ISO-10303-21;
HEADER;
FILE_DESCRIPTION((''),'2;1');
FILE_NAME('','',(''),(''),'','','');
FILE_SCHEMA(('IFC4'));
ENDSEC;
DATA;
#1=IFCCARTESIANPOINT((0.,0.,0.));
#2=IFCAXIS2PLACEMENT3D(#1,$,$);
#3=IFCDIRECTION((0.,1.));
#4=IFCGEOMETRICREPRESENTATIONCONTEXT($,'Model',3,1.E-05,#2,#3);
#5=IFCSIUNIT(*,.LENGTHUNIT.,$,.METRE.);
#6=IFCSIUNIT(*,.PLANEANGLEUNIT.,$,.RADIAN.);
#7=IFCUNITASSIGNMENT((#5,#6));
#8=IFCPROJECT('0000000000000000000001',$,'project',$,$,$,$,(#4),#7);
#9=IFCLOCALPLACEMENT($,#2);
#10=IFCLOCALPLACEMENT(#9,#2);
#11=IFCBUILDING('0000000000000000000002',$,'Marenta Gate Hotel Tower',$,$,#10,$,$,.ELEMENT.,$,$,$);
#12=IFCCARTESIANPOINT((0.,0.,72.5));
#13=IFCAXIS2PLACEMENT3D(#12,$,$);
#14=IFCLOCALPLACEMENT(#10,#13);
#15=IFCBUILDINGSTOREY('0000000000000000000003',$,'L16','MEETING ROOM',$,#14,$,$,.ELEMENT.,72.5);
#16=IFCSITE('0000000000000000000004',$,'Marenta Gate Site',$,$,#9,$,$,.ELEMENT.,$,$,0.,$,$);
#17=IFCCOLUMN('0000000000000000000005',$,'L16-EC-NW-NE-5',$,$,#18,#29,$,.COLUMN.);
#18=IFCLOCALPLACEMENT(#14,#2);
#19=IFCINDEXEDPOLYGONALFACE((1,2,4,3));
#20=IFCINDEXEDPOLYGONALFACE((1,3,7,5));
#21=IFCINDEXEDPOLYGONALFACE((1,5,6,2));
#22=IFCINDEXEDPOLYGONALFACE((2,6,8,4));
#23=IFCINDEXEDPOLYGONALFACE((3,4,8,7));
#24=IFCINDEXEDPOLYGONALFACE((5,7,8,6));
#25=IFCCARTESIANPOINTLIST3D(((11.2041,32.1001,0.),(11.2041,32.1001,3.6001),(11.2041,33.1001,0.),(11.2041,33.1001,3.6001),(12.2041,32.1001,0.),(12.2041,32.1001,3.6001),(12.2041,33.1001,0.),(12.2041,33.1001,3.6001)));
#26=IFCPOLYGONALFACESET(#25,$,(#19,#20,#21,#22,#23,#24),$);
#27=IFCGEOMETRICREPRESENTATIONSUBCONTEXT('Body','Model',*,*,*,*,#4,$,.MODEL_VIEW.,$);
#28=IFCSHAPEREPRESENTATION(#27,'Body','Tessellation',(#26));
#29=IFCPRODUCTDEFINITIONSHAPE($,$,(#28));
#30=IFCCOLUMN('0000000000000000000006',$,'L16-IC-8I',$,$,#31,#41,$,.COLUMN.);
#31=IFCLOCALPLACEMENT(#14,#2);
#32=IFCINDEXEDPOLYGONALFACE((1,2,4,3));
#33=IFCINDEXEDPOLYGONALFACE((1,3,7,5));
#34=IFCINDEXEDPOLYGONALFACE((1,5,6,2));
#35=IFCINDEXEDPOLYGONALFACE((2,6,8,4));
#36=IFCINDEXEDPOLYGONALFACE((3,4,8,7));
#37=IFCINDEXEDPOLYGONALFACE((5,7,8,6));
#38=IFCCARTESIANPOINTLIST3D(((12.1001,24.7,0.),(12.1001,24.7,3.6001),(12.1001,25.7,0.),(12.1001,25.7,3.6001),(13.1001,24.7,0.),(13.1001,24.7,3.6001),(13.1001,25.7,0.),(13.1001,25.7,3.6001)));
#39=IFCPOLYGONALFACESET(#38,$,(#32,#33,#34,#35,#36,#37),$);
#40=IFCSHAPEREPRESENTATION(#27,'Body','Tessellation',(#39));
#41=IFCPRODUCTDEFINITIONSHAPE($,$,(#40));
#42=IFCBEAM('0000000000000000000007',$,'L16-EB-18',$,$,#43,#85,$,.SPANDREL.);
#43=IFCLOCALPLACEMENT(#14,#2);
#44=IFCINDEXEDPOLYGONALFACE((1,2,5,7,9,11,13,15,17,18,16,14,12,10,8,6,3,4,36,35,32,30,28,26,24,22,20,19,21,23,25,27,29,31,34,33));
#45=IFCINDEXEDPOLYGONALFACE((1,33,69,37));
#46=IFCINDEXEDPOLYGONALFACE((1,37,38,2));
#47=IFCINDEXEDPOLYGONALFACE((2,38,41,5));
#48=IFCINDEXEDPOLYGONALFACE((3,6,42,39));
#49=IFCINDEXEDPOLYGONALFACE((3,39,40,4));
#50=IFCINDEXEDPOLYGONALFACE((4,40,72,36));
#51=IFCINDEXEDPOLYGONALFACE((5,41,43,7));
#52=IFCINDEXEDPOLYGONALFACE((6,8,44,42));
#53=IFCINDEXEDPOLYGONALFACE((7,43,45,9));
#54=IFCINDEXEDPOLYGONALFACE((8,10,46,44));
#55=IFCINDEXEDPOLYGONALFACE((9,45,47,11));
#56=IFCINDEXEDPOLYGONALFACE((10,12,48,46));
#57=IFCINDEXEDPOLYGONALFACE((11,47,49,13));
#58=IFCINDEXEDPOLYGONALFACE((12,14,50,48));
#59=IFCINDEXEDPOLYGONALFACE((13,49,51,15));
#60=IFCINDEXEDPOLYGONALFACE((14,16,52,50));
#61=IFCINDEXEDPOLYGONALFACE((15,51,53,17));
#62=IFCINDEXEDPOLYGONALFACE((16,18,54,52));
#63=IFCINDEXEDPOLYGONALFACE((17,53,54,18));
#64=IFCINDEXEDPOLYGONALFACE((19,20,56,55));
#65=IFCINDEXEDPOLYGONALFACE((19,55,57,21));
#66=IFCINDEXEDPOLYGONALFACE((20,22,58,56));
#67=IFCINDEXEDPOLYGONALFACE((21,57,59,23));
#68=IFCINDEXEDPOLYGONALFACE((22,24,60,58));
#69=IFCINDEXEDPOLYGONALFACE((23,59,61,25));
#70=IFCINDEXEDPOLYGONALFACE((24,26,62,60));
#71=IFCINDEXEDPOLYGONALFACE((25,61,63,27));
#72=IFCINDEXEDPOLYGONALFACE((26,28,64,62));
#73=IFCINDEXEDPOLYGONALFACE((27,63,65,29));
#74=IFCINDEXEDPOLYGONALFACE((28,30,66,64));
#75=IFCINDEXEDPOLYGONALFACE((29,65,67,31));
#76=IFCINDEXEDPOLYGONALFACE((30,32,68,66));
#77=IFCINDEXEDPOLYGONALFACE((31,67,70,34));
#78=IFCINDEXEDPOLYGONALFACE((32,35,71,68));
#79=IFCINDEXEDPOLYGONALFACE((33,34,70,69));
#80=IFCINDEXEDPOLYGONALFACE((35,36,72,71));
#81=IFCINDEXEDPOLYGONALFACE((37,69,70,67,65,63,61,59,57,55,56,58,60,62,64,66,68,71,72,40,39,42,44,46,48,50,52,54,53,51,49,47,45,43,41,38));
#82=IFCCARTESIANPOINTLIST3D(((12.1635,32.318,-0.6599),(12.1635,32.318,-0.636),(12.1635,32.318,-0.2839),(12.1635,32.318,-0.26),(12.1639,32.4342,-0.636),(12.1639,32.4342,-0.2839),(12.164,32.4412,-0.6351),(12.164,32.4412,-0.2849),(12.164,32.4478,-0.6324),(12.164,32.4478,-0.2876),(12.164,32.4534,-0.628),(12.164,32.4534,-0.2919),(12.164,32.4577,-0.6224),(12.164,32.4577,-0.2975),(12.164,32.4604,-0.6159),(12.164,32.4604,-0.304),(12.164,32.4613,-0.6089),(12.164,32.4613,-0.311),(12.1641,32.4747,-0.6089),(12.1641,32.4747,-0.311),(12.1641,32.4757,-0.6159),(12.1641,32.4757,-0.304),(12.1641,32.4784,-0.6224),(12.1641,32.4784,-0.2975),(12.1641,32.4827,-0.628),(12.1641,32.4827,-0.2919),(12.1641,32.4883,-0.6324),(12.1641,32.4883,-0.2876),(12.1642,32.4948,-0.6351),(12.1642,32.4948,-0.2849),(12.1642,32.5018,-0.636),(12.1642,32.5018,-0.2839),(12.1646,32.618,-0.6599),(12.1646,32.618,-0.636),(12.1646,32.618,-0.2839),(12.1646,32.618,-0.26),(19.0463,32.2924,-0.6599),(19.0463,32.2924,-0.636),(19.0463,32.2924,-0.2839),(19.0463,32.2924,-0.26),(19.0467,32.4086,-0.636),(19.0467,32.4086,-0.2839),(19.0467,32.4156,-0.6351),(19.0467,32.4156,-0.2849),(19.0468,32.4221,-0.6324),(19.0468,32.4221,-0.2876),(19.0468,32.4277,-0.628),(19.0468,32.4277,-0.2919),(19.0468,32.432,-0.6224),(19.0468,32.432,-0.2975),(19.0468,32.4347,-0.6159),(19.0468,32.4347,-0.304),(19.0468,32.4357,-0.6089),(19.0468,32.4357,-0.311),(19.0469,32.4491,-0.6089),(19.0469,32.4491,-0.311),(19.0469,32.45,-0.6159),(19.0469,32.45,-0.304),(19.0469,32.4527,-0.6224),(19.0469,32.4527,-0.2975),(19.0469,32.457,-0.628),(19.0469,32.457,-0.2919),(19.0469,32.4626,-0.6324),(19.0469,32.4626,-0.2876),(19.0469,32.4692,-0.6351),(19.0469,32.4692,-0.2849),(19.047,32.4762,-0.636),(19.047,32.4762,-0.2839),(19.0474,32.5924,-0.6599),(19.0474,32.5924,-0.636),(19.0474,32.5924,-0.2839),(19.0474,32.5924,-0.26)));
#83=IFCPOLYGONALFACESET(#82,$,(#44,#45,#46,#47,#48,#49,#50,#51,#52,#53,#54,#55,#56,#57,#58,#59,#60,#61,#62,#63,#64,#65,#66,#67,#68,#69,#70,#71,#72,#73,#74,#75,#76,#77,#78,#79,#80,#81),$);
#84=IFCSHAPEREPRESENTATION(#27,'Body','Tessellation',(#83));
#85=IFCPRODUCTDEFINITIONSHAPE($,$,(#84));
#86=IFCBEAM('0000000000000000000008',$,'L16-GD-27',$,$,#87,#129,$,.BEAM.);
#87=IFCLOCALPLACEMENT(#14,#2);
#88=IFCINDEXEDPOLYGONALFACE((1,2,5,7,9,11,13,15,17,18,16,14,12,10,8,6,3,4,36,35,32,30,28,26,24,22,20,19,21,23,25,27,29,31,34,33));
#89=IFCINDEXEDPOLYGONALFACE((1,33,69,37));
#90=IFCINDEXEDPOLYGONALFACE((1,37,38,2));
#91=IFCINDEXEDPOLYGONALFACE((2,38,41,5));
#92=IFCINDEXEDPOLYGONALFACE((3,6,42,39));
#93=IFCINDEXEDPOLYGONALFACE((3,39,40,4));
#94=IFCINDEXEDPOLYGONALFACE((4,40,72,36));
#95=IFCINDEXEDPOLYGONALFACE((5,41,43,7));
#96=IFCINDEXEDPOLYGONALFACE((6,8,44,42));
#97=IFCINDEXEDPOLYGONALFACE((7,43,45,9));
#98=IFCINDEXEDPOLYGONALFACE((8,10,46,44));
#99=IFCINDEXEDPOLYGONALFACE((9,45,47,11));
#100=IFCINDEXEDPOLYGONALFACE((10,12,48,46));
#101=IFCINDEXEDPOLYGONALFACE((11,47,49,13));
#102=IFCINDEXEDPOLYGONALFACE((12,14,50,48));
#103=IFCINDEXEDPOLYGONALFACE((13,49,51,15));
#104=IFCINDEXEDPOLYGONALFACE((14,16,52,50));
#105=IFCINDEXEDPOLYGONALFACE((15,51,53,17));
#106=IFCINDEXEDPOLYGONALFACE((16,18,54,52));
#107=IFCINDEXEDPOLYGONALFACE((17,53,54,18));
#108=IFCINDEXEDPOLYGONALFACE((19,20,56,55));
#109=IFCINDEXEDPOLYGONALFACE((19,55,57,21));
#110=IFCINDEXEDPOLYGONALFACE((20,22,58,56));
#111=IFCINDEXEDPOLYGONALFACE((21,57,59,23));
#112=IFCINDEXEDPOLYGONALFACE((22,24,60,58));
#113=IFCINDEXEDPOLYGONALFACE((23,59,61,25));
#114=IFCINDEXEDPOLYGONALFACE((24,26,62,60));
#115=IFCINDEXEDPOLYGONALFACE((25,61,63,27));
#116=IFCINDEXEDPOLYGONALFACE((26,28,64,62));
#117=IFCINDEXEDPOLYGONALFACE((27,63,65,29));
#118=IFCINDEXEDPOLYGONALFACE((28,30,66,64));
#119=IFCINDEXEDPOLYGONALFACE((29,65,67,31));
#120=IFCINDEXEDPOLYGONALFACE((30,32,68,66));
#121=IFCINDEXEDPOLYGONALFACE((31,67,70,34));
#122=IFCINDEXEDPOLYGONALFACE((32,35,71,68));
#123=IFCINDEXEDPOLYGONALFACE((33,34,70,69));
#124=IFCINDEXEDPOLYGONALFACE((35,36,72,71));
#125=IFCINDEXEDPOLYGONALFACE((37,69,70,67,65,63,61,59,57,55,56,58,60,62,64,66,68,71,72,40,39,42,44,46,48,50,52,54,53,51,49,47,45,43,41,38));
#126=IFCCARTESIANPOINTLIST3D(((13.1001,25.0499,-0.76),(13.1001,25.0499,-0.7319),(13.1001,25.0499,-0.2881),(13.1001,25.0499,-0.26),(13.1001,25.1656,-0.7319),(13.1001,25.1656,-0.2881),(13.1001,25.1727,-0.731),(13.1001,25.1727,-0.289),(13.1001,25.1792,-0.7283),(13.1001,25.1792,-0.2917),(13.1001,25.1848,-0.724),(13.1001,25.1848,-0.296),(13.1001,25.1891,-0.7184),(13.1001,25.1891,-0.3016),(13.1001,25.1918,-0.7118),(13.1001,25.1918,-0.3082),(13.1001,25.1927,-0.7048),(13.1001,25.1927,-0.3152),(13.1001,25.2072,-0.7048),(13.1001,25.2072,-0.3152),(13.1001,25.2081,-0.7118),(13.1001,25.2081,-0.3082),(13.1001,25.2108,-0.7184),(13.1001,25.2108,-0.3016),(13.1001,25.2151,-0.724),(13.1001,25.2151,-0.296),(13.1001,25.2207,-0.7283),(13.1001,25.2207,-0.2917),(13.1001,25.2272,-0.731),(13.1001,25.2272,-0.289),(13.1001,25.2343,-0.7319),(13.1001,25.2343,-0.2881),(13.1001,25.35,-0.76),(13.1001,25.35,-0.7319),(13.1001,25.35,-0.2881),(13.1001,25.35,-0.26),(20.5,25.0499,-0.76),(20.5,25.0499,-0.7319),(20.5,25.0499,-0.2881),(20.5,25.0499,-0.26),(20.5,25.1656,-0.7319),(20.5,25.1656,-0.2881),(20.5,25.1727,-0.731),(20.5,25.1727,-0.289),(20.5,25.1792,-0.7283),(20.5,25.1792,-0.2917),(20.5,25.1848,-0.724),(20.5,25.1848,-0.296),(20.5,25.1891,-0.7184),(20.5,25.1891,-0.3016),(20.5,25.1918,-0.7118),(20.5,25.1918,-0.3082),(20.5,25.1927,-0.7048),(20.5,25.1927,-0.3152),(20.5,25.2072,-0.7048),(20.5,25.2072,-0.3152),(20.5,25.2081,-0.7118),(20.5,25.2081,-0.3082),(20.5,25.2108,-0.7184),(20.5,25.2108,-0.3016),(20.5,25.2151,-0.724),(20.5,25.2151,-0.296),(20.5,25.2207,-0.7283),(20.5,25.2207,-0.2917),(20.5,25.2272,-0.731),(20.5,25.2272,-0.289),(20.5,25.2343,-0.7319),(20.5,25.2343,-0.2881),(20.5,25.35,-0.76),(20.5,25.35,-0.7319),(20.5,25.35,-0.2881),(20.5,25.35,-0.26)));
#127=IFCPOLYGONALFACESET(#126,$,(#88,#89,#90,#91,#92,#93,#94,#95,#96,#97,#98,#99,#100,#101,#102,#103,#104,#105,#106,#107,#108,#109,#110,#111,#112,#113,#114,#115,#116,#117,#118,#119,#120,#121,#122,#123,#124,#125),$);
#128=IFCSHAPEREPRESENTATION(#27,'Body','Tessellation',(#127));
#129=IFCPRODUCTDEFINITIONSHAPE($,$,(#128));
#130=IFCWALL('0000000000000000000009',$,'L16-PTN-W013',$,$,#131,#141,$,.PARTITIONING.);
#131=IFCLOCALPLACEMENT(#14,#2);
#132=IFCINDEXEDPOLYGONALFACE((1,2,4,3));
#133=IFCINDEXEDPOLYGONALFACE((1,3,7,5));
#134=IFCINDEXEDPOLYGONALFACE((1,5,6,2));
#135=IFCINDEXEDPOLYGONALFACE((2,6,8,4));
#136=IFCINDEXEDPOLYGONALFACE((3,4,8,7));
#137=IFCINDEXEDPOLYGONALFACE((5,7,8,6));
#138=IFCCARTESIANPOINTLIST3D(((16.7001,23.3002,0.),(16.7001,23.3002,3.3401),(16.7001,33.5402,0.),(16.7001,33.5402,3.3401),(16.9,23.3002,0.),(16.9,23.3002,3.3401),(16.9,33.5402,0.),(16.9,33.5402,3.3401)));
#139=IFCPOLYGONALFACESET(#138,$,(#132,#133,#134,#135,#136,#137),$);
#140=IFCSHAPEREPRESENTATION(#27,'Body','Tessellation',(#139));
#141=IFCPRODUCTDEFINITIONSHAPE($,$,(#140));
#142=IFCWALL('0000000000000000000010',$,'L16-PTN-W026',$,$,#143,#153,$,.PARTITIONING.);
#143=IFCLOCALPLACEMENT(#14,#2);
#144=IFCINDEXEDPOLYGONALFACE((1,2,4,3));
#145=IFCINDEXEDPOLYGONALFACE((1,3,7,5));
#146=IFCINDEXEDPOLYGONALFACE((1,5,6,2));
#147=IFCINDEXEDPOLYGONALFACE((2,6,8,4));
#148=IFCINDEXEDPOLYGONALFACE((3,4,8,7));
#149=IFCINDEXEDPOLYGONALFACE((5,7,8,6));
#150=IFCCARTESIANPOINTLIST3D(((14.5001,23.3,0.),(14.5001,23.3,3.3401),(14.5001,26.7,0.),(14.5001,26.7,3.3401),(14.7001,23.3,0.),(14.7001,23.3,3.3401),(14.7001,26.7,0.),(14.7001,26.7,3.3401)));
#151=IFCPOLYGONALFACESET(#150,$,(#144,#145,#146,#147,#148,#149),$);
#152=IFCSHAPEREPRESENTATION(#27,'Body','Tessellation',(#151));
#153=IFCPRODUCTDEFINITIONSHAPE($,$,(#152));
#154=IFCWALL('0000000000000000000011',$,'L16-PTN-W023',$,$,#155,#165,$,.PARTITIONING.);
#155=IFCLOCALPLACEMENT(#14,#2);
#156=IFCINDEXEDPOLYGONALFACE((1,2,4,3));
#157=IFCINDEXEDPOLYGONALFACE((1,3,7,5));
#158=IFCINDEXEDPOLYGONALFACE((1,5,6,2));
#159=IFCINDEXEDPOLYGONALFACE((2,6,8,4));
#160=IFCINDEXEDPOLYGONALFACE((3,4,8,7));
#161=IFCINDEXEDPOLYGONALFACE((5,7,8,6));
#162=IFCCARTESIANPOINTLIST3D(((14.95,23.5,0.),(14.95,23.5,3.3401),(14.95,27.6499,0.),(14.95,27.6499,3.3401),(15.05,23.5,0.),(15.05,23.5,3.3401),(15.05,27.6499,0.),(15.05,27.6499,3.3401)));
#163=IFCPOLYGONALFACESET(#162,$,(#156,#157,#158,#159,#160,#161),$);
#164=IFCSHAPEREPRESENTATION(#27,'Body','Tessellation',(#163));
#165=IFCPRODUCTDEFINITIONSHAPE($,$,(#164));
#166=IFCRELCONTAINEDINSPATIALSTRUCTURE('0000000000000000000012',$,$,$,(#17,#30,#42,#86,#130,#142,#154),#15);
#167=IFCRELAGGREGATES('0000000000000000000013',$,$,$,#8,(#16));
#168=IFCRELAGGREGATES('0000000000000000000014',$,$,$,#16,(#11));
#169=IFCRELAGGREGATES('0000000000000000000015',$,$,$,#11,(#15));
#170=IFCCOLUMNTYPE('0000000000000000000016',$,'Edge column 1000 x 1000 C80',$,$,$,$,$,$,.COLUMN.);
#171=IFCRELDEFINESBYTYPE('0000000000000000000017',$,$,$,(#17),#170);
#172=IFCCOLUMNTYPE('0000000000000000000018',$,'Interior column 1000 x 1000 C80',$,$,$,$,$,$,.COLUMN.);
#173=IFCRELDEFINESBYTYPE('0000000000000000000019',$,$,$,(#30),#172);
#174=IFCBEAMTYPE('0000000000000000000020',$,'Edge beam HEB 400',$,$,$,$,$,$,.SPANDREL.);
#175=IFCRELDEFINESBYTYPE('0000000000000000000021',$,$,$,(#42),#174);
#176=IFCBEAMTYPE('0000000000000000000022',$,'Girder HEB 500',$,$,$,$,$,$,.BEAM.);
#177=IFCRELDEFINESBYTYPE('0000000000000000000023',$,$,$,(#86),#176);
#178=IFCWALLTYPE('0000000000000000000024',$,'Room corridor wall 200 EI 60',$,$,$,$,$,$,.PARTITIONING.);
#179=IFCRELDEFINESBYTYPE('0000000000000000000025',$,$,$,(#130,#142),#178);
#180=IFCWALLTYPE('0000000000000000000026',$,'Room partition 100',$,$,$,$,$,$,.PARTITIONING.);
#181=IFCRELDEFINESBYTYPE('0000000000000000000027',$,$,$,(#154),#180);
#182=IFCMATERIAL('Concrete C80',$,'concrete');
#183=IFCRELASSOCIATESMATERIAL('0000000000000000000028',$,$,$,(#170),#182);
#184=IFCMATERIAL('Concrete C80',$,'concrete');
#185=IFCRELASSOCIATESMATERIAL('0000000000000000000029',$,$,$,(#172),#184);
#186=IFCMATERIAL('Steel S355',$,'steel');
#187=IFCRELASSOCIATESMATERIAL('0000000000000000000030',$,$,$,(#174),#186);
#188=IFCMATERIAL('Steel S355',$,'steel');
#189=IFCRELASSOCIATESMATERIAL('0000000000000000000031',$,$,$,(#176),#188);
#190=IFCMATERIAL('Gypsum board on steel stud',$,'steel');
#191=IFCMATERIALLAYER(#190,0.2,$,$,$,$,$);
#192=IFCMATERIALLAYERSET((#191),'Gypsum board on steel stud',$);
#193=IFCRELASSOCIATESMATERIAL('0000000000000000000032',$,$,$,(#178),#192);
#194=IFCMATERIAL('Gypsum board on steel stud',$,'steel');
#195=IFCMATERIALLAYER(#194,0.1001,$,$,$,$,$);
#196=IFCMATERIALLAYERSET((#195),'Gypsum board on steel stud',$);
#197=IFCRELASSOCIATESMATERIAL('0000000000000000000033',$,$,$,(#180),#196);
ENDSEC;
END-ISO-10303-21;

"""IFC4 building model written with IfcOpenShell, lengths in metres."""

from ifc_helpers import new_model, si_unit, direction, frame, frame_2d, origin, origin_2d, place, context, subcontext, project, spatial, rectangle, i_section, extrude, material, layer, layer_set, material_profile, profile_set, type_object, element, save


model = new_model("IFC4")

# Units and contexts
model_context = context("Model", 3, precision=1e-05, world=origin(), true_north=direction((0.0, 1.0)))
body_context = subcontext(model_context, "Body", "Model", "MODEL_VIEW")
ifc_project = project(units=[si_unit("LENGTHUNIT", "METRE"), si_unit("PLANEANGLEUNIT", "RADIAN")], contexts=[model_context])

# Site, building, storey
site_placement = place(None, origin())
site = spatial("IfcSite", under=ifc_project, at=site_placement, Name="Marenta Gate Site", CompositionType="ELEMENT", RefElevation=0.0)
building_placement = place(site_placement, origin())
building = spatial("IfcBuilding", under=site, at=building_placement, Name="Marenta Gate Hotel Tower", CompositionType="ELEMENT")
storey_placement = place(building_placement, frame((0.0, 0.0, 72.5)))
storey = spatial("IfcBuildingStorey", under=building, at=storey_placement, Name="L16", Description="MEETING ROOM", CompositionType="ELEMENT", Elevation=72.5)

# Columns
ifc_material_1 = material(Name="Concrete C80", Category="concrete")
ifc_material_profile_1 = material_profile(ifc_material_1, rectangle(XDim=1.0, YDim=1.0, at=origin_2d()), Name="1000 x 1000")
ifc_profile_set_1 = profile_set([ifc_material_profile_1], Name="Concrete C80")
column_type_1 = type_object("IfcColumnType", Name="Edge column 1000 x 1000 C80", PredefinedType="COLUMN", material=ifc_profile_set_1)
column_1_placement = place(storey_placement, frame((11.7041, 32.6001, 0.0), z_axis=(0.0, 0.0, 1.0), x_axis=(1.0, 0.0, 0.0)))
element("IfcColumn", 1, at=column_1_placement, inside=storey, type_object=column_type_1, Name="L16-EC-NW-NE-5", PredefinedType="COLUMN", context=body_context, shape_type="SweptSolid", body=[
    extrude(rectangle(XDim=1.0, YDim=1.0, at=origin_2d()), origin(), (0.0, 0.0, 1.0), 3.6001),
])
ifc_material_2 = material(Name="Concrete C80", Category="concrete")
ifc_material_profile_2 = material_profile(ifc_material_2, rectangle(XDim=1.0, YDim=1.0, at=origin_2d()), Name="1000 x 1000")
ifc_profile_set_2 = profile_set([ifc_material_profile_2], Name="Concrete C80")
column_type_2 = type_object("IfcColumnType", Name="Interior column 1000 x 1000 C80", PredefinedType="COLUMN", material=ifc_profile_set_2)
column_2_placement = place(storey_placement, frame((12.6001, 25.2, 0.0), z_axis=(0.0, 0.0, 1.0), x_axis=(1.0, 0.0, 0.0)))
element("IfcColumn", 2, at=column_2_placement, inside=storey, type_object=column_type_2, Name="L16-IC-8I", PredefinedType="COLUMN", context=body_context, shape_type="SweptSolid", body=[
    extrude(rectangle(XDim=1.0, YDim=1.0, at=origin_2d()), origin(), (0.0, 0.0, 1.0), 3.6001),
])

# Beams
ifc_material_3 = material(Name="Steel S355", Category="steel")
ifc_material_profile_3 = material_profile(ifc_material_3, i_section(OverallWidth=0.3, OverallDepth=0.3999, WebThickness=0.0134, FlangeThickness=0.0239, FilletRadius=0.0271, at=origin_2d()), Name="HEB 400")
ifc_profile_set_3 = profile_set([ifc_material_profile_3], Name="Steel S355")
beam_type_1 = type_object("IfcBeamType", Name="Edge beam HEB 400", PredefinedType="SPANDREL", material=ifc_profile_set_3)
beam_1_placement = place(storey_placement, frame((12.1641, 32.468, -0.46), z_axis=(0.999993, -0.003724, 0.0), x_axis=(0.003724, 0.999993, 0.0)))
element("IfcBeam", 3, at=beam_1_placement, inside=storey, type_object=beam_type_1, Name="L16-EB-18", PredefinedType="SPANDREL", context=body_context, shape_type="SweptSolid", body=[
    extrude(i_section(OverallWidth=0.3, OverallDepth=0.3999, WebThickness=0.0134, FlangeThickness=0.0239, FilletRadius=0.0271, at=origin_2d()), origin(), (0.0, 0.0, 1.0), 6.8828),
])
ifc_material_4 = material(Name="Steel S355", Category="steel")
ifc_material_profile_4 = material_profile(ifc_material_4, i_section(OverallWidth=0.3, OverallDepth=0.5, WebThickness=0.0144, FlangeThickness=0.0281, FilletRadius=0.0271, at=origin_2d()), Name="HEB 500")
ifc_profile_set_4 = profile_set([ifc_material_profile_4], Name="Steel S355")
beam_type_2 = type_object("IfcBeamType", Name="Girder HEB 500", PredefinedType="BEAM", material=ifc_profile_set_4)
beam_2_placement = place(storey_placement, frame((13.1001, 25.2, -0.51), z_axis=(1.0, 0.0, 0.0), x_axis=(0.0, 1.0, 0.0)))
element("IfcBeam", 4, at=beam_2_placement, inside=storey, type_object=beam_type_2, Name="L16-GD-27", PredefinedType="BEAM", context=body_context, shape_type="SweptSolid", body=[
    extrude(i_section(OverallWidth=0.3, OverallDepth=0.5, WebThickness=0.0144, FlangeThickness=0.0281, FilletRadius=0.0271, at=origin_2d()), origin(), (0.0, 0.0, 1.0), 7.3999),
])

# Walls
ifc_material_5 = material(Name="Gypsum board on steel stud", Category="steel")
ifc_layer_1 = layer(ifc_material_5, 0.2)
ifc_layer_set_1 = layer_set([ifc_layer_1], Name="Gypsum board on steel stud")
wall_type_1 = type_object("IfcWallType", Name="Room corridor wall 200 EI 60", PredefinedType="PARTITIONING", material=ifc_layer_set_1)
wall_1_placement = place(storey_placement, frame((16.8, 23.3, 0.0), z_axis=(0.0, 0.0, 1.0), x_axis=(0.0, 1.0, 0.0)))
element("IfcWall", 5, at=wall_1_placement, inside=storey, type_object=wall_type_1, Name="L16-PTN-W013", PredefinedType="PARTITIONING", context=body_context, shape_type="SweptSolid", body=[
    extrude(rectangle(XDim=10.24, YDim=0.2, at=frame_2d((5.1201, 0.0))), origin(), (0.0, 0.0, 1.0), 3.3401),
])
wall_2_placement = place(storey_placement, frame((14.6001, 23.3, 0.0), z_axis=(0.0, 0.0, 1.0), x_axis=(0.0, 1.0, 0.0)))
element("IfcWall", 6, at=wall_2_placement, inside=storey, type_object=wall_type_1, Name="L16-PTN-W026", PredefinedType="PARTITIONING", context=body_context, shape_type="SweptSolid", body=[
    extrude(rectangle(XDim=3.3999, YDim=0.2, at=frame_2d((1.7, 0.0))), origin(), (0.0, 0.0, 1.0), 3.3401),
])

# Wall
ifc_material_6 = material(Name="Gypsum board on steel stud", Category="steel")
ifc_layer_2 = layer(ifc_material_6, 0.1001)
ifc_layer_set_2 = layer_set([ifc_layer_2], Name="Gypsum board on steel stud")
wall_type_2 = type_object("IfcWallType", Name="Room partition 100", PredefinedType="PARTITIONING", material=ifc_layer_set_2)
wall_3_placement = place(storey_placement, frame((15.0, 23.5, 0.0), z_axis=(0.0, 0.0, 1.0), x_axis=(0.0, 1.0, 0.0)))
element("IfcWall", 7, at=wall_3_placement, inside=storey, type_object=wall_type_2, Name="L16-PTN-W023", PredefinedType="PARTITIONING", context=body_context, shape_type="SweptSolid", body=[
    extrude(rectangle(XDim=4.1499, YDim=0.1001, at=frame_2d((2.075, 0.0))), origin(), (0.0, 0.0, 1.0), 3.3401),
])

save(model, "model.ifc")
